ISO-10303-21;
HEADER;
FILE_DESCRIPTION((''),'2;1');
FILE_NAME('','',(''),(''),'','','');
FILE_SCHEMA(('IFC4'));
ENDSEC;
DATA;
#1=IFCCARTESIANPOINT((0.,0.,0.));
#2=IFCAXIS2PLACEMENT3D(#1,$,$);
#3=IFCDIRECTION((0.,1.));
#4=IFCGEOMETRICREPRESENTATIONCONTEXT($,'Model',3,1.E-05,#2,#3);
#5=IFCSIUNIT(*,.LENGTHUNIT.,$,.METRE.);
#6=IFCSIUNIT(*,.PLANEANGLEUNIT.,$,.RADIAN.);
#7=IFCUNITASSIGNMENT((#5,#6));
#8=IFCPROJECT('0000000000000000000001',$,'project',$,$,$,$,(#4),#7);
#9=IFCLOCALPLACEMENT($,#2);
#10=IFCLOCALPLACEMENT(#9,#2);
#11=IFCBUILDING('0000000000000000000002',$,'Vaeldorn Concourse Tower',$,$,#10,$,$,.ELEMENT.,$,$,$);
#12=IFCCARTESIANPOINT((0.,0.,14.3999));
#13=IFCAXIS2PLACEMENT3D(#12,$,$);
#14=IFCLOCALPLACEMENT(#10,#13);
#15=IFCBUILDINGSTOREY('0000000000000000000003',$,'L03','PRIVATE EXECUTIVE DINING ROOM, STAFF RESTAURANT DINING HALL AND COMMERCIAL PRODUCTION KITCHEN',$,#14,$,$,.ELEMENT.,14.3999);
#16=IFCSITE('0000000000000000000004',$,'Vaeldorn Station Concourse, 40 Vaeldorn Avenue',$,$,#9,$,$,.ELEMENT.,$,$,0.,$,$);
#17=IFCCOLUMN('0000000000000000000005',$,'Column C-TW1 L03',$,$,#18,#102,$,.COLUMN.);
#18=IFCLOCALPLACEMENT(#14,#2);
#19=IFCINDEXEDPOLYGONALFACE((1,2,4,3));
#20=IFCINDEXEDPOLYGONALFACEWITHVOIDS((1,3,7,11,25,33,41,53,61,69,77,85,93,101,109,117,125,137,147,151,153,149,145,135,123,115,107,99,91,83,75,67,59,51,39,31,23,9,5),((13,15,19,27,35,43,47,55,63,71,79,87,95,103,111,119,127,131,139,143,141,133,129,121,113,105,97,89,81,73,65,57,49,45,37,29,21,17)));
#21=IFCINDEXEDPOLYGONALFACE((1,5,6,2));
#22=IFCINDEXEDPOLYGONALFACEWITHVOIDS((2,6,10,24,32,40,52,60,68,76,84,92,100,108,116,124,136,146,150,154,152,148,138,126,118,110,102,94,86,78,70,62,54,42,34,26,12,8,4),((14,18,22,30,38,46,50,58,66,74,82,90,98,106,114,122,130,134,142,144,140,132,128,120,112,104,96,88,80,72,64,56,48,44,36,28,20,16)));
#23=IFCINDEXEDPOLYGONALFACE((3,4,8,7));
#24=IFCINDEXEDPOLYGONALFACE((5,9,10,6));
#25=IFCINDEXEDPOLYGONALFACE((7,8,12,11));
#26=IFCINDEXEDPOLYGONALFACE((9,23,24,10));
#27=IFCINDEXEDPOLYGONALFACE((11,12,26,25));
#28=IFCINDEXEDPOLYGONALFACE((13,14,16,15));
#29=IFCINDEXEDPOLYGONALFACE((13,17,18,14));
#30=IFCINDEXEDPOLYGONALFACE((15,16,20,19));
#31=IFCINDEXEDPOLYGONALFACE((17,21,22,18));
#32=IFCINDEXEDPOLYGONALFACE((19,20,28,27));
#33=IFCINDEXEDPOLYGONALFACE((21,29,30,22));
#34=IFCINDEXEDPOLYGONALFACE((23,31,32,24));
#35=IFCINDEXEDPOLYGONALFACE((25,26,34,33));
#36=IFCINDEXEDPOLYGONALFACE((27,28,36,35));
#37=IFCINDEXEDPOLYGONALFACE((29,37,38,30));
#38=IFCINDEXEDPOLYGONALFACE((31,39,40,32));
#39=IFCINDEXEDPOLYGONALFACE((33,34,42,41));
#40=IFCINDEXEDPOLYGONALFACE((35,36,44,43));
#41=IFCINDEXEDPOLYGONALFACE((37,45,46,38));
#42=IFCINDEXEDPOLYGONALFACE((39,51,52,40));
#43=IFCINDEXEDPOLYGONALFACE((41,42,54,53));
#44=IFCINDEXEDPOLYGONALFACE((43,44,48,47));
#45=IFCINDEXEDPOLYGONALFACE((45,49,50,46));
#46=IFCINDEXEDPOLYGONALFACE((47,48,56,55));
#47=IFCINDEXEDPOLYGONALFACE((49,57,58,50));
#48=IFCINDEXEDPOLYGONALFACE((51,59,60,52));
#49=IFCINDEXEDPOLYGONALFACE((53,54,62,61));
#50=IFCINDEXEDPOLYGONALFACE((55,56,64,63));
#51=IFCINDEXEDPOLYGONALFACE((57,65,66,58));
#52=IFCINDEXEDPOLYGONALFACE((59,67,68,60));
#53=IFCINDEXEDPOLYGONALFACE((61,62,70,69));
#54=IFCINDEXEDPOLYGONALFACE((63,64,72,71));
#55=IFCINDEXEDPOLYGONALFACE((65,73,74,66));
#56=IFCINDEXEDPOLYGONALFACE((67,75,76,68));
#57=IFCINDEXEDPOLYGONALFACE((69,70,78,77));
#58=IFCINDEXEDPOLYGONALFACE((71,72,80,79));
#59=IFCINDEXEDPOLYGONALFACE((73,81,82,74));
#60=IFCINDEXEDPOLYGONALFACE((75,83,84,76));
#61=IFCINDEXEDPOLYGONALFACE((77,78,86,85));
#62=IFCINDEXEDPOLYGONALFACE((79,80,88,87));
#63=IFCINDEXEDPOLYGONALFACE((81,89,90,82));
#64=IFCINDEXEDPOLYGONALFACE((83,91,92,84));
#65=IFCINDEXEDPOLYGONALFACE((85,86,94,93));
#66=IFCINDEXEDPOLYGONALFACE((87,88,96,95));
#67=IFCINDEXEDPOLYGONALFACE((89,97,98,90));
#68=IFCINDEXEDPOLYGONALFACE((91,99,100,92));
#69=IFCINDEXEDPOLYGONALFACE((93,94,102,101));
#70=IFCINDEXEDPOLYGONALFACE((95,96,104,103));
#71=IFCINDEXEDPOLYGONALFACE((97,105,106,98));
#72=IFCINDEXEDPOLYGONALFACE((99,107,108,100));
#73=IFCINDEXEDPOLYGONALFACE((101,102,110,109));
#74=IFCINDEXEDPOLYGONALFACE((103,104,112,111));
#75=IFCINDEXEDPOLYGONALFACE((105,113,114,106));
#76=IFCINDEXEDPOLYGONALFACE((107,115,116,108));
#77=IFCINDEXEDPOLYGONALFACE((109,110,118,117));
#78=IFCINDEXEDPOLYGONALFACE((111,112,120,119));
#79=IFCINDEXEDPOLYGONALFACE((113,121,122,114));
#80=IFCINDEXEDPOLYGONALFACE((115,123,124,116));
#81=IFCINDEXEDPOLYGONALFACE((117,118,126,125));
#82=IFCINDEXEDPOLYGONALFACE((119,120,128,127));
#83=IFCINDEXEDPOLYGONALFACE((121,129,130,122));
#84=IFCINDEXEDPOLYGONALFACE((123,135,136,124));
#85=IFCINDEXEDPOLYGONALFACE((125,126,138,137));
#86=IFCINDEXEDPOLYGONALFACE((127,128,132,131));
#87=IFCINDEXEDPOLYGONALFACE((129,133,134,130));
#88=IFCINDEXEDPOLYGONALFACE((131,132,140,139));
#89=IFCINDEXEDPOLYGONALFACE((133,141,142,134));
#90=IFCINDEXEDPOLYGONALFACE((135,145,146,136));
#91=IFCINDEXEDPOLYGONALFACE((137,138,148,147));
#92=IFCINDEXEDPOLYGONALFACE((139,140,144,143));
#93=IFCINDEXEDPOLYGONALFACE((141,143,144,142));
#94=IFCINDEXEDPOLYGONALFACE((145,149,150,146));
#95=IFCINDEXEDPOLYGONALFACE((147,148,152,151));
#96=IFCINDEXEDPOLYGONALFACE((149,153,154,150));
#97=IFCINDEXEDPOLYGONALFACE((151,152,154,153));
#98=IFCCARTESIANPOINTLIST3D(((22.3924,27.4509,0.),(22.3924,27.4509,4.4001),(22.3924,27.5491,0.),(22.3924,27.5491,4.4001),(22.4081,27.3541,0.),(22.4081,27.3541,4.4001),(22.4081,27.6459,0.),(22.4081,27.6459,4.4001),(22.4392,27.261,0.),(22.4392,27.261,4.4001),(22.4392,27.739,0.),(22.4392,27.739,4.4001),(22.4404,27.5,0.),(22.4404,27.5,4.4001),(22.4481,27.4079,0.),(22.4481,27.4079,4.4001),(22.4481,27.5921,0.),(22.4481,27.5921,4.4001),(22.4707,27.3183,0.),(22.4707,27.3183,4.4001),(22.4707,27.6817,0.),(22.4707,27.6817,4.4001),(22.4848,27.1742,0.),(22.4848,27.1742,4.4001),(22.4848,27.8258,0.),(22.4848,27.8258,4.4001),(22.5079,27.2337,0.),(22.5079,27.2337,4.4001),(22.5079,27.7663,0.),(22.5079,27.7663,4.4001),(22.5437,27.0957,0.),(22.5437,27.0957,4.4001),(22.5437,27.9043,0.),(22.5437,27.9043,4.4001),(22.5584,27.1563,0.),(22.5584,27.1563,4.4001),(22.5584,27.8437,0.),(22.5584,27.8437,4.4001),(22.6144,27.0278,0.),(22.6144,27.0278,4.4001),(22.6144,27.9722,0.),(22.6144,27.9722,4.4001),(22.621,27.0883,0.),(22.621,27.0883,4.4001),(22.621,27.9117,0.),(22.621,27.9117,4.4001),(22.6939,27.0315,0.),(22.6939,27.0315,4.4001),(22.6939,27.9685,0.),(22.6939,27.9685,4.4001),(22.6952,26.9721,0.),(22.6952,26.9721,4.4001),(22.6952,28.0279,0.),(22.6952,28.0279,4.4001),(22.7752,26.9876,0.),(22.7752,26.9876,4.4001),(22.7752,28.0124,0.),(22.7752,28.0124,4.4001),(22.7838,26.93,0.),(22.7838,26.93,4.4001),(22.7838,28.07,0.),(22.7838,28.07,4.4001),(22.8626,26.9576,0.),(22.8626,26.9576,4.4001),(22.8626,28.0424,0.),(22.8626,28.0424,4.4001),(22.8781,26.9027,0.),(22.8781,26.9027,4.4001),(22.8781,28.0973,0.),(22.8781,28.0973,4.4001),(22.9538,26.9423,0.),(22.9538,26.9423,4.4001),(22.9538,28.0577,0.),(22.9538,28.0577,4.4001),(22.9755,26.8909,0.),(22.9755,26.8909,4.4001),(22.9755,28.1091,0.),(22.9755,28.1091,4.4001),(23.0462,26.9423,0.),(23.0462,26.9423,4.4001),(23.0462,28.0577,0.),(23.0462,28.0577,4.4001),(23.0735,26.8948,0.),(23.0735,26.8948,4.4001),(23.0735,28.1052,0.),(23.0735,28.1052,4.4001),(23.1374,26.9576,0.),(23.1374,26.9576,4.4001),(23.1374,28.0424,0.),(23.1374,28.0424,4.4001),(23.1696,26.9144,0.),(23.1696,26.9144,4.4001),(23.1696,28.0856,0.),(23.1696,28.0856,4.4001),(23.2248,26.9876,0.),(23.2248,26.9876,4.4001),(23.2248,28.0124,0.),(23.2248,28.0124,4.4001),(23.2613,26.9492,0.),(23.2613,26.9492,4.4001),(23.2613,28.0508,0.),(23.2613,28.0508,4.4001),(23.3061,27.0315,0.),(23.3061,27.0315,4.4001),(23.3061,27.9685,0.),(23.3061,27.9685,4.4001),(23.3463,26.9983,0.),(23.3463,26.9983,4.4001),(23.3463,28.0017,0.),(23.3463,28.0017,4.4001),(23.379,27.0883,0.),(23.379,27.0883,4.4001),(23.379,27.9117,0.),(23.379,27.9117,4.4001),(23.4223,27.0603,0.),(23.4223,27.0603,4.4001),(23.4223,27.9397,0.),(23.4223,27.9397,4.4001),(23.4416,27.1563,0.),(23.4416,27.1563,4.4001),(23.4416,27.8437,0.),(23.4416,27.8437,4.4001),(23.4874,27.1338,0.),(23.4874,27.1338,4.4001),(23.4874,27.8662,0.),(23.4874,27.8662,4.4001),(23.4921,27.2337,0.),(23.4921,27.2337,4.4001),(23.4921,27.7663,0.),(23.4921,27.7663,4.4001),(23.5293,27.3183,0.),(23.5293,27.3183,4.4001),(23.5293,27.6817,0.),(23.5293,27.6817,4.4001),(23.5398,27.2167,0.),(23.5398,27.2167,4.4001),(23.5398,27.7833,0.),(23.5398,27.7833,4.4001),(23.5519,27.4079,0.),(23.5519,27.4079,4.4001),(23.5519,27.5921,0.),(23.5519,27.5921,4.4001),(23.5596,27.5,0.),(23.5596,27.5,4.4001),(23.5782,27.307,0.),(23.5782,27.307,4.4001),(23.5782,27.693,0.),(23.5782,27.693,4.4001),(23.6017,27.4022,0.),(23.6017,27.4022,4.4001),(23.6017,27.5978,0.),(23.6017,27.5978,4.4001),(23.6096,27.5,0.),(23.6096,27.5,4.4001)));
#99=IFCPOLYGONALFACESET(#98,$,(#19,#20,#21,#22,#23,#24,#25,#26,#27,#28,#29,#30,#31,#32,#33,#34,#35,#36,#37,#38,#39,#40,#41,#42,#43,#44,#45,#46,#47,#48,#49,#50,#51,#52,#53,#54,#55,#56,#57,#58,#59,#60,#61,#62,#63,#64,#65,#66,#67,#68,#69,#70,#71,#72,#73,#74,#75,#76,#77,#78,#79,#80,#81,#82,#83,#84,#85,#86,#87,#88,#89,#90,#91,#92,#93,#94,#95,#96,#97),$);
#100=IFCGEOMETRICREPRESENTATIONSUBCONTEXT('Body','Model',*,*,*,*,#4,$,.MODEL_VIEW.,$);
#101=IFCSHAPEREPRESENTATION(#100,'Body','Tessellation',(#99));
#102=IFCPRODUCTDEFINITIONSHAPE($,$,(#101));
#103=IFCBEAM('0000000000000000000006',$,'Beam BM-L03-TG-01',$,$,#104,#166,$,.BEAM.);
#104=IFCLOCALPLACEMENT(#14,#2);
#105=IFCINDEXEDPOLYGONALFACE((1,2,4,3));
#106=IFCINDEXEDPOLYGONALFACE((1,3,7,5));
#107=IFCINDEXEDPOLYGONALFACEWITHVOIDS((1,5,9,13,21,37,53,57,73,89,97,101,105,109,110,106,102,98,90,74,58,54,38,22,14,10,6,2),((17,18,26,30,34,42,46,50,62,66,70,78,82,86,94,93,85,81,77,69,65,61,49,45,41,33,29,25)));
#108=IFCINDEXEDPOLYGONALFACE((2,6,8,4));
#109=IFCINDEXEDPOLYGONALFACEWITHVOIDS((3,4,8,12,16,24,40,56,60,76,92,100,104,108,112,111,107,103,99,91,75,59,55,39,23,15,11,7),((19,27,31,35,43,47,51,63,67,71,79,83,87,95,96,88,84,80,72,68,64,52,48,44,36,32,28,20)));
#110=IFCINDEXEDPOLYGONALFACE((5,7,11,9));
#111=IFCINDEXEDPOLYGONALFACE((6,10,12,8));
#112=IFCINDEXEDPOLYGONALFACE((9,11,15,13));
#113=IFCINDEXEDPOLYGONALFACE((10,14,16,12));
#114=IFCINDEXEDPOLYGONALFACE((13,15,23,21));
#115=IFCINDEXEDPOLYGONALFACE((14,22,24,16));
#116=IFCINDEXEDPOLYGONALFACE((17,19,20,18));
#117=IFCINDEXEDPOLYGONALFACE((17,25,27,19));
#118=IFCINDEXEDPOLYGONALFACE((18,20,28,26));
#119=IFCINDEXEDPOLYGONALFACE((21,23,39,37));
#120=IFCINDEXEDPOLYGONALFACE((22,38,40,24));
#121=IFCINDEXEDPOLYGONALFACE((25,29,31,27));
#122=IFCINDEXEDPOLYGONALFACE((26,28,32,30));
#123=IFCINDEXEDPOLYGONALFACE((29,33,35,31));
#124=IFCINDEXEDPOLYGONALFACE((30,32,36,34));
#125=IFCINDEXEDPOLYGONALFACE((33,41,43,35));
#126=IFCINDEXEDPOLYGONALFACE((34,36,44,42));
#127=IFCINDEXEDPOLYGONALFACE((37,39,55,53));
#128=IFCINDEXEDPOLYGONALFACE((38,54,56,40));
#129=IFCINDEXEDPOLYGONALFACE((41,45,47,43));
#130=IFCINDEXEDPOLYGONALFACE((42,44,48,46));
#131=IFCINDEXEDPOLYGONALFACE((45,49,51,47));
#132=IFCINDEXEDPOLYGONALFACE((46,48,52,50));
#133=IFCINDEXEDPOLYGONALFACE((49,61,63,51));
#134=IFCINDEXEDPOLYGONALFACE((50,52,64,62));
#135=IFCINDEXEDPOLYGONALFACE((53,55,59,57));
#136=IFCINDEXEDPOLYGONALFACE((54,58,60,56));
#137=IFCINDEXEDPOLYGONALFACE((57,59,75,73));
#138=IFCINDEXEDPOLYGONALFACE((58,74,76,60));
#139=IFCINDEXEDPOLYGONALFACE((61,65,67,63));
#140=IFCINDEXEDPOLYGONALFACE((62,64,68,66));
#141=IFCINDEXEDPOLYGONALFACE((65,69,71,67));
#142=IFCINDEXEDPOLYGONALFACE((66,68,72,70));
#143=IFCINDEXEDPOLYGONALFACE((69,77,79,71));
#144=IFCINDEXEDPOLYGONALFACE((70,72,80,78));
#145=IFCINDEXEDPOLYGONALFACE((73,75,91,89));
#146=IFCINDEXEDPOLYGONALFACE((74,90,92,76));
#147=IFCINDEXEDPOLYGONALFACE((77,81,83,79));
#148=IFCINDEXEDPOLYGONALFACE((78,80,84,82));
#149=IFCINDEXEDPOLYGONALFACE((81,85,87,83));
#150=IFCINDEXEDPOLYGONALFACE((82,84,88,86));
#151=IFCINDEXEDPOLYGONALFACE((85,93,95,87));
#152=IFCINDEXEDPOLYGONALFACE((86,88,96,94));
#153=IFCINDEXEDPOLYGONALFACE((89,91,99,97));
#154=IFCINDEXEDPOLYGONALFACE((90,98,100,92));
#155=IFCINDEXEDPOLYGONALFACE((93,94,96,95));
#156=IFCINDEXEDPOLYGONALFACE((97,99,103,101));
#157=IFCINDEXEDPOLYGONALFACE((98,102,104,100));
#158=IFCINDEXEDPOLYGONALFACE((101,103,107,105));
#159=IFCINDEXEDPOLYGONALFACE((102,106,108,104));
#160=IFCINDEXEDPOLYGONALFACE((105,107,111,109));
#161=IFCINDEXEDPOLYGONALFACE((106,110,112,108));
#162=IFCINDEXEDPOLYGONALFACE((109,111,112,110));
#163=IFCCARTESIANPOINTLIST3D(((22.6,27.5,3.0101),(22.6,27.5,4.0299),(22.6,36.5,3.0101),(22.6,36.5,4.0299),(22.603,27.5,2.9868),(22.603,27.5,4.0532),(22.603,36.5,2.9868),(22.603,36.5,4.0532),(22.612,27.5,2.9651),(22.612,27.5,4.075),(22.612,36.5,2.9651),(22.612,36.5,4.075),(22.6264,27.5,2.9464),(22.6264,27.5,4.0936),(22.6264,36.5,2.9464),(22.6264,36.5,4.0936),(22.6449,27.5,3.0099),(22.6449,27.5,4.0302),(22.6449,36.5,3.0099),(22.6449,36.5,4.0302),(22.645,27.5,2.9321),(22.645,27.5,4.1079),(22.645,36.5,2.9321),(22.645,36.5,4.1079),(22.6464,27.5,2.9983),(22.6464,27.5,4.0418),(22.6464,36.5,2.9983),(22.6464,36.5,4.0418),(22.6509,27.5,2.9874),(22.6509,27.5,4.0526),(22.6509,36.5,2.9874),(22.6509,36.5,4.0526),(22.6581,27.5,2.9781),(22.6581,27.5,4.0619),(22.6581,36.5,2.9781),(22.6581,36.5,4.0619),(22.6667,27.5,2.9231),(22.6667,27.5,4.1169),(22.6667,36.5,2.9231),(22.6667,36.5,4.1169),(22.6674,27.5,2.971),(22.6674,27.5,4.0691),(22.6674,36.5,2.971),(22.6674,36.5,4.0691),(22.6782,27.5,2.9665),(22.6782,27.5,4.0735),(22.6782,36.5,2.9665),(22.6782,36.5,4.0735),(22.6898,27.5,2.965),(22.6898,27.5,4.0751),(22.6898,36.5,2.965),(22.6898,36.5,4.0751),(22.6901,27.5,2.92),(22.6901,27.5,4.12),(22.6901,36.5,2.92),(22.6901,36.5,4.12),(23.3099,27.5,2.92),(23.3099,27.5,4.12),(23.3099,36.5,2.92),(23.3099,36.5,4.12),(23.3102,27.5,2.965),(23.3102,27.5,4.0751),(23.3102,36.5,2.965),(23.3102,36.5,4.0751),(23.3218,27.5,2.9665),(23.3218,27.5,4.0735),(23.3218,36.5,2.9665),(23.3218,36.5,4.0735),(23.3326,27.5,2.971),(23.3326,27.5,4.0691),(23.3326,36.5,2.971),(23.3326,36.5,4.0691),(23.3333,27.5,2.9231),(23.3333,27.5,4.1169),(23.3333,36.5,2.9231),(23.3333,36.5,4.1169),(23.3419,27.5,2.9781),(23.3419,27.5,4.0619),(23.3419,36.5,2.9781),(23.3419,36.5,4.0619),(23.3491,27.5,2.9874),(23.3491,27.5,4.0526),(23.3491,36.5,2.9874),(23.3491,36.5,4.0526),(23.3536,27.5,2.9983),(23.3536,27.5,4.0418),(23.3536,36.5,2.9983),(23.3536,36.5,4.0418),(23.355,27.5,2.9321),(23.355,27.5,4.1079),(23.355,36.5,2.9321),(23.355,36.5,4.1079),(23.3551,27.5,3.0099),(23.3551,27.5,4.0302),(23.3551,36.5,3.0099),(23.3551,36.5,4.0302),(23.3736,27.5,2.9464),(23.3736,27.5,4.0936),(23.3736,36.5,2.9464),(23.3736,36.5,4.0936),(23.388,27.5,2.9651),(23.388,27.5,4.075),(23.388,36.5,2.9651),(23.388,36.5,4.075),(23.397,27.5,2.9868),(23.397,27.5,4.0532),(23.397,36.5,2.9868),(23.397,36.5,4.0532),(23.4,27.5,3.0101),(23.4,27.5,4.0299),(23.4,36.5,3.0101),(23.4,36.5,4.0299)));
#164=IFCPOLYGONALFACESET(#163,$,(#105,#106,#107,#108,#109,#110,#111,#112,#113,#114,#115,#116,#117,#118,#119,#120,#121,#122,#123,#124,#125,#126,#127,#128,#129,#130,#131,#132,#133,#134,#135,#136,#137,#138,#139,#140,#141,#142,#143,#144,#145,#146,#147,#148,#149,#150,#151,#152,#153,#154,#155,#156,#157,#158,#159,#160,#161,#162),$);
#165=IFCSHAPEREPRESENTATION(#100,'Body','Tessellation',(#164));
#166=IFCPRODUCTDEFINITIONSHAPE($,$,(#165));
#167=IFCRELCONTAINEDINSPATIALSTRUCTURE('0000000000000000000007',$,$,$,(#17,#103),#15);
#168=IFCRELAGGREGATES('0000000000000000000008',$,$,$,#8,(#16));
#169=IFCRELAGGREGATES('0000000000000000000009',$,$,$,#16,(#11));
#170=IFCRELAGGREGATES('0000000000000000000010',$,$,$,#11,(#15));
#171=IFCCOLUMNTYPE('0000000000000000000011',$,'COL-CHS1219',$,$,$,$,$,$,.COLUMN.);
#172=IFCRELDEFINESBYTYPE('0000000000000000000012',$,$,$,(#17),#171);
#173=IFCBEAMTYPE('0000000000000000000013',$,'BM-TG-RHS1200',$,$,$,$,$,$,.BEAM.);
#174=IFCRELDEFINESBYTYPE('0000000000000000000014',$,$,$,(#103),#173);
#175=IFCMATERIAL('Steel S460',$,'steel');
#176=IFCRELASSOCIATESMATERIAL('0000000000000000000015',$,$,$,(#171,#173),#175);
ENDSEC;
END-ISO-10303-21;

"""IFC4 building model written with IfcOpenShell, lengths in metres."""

from ifc_helpers import new_model, si_unit, direction, frame, origin, origin_2d, place, context, subcontext, project, spatial, hollow_rectangle, hollow_circle, extrude, source, transform, mapped, material, material_profile, profile_set, type_object, element, save


model = new_model("IFC4")

# Units and contexts
model_context = context("Model", 3, precision=1e-05, world=origin(), true_north=direction((0.0, 1.0)))
body_context = subcontext(model_context, "Body", "Model", "MODEL_VIEW")
ifc_project = project(units=[si_unit("LENGTHUNIT", "METRE"), si_unit("PLANEANGLEUNIT", "RADIAN")], contexts=[model_context])

# Site, building, storey
site_placement = place(None, origin())
site = spatial("IfcSite", under=ifc_project, at=site_placement, Name="Vaeldorn Station Concourse, 40 Vaeldorn Avenue", CompositionType="ELEMENT", RefElevation=0.0)
building_placement = place(site_placement, origin())
building = spatial("IfcBuilding", under=site, at=building_placement, Name="Vaeldorn Concourse Tower", CompositionType="ELEMENT")
storey_placement = place(building_placement, frame((0.0, 0.0, 14.3999)))
storey = spatial("IfcBuildingStorey", under=building, at=storey_placement, Name="L03", Description="PRIVATE EXECUTIVE DINING ROOM, STAFF RESTAURANT DINING HALL AND COMMERCIAL PRODUCTION KITCHEN", CompositionType="ELEMENT", Elevation=14.3999)

# Column
ifc_material = material(Name="Steel S460", Category="steel")
ifc_material_profile_1 = material_profile(ifc_material, hollow_circle(Radius=0.6096, WallThickness=0.05, at=origin_2d()), Name="CHS 1219x50")
ifc_profile_set_1 = profile_set([ifc_material_profile_1], Name="Steel S460")
column_type = type_object("IfcColumnType", Name="COL-CHS1219", PredefinedType="COLUMN", material=ifc_profile_set_1)
shared_shape_1 = source(origin(), body_context, "Body", "SweptSolid", [
    extrude(hollow_circle(Radius=0.6096, WallThickness=0.05, at=origin_2d()), origin(), (0.0, 0.0, 1.0), 4.4001),
])
column_placement = place(storey_placement, frame((23.0, 27.5, 0.0), z_axis=(0.0, 0.0, 1.0), x_axis=(1.0, 0.0, 0.0)))
element("IfcColumn", 1, at=column_placement, inside=storey, type_object=column_type, Name="Column C-TW1 L03", PredefinedType="COLUMN", context=body_context, shape_type="MappedRepresentation", body=[
    mapped(shared_shape_1, transform((0.0, 0.0, 0.0), scale=1.0)),
])

# Beam
ifc_material_profile_2 = material_profile(ifc_material, hollow_rectangle(XDim=0.8, YDim=1.2, WallThickness=0.0449, InnerFilletRadius=0.0449, OuterFilletRadius=0.0901, at=origin_2d()), Name="RHS 1200x800x45")
ifc_profile_set_2 = profile_set([ifc_material_profile_2], Name="Steel S460")
beam_type_1 = type_object("IfcBeamType", Name="BM-TG-RHS1200", PredefinedType="BEAM", material=ifc_profile_set_2)
shared_shape_2 = source(origin(), body_context, "Body", "SweptSolid", [
    extrude(hollow_rectangle(XDim=0.8, YDim=1.2, WallThickness=0.0449, InnerFilletRadius=0.0449, OuterFilletRadius=0.0901, at=origin_2d()), origin(), (0.0, 0.0, 1.0), 9.0),
])
beam_1_placement = place(storey_placement, frame((23.0, 27.5, 3.52), z_axis=(0.0, 1.0, 0.0), x_axis=(-1.0, 0.0, 0.0)))
element("IfcBeam", 2, at=beam_1_placement, inside=storey, type_object=beam_type_1, Name="Beam BM-L03-TG-01", PredefinedType="BEAM", context=body_context, shape_type="MappedRepresentation", body=[
    mapped(shared_shape_2, transform((0.0, 0.0, 0.0), scale=1.0)),
])

save(model, "model.ifc")
